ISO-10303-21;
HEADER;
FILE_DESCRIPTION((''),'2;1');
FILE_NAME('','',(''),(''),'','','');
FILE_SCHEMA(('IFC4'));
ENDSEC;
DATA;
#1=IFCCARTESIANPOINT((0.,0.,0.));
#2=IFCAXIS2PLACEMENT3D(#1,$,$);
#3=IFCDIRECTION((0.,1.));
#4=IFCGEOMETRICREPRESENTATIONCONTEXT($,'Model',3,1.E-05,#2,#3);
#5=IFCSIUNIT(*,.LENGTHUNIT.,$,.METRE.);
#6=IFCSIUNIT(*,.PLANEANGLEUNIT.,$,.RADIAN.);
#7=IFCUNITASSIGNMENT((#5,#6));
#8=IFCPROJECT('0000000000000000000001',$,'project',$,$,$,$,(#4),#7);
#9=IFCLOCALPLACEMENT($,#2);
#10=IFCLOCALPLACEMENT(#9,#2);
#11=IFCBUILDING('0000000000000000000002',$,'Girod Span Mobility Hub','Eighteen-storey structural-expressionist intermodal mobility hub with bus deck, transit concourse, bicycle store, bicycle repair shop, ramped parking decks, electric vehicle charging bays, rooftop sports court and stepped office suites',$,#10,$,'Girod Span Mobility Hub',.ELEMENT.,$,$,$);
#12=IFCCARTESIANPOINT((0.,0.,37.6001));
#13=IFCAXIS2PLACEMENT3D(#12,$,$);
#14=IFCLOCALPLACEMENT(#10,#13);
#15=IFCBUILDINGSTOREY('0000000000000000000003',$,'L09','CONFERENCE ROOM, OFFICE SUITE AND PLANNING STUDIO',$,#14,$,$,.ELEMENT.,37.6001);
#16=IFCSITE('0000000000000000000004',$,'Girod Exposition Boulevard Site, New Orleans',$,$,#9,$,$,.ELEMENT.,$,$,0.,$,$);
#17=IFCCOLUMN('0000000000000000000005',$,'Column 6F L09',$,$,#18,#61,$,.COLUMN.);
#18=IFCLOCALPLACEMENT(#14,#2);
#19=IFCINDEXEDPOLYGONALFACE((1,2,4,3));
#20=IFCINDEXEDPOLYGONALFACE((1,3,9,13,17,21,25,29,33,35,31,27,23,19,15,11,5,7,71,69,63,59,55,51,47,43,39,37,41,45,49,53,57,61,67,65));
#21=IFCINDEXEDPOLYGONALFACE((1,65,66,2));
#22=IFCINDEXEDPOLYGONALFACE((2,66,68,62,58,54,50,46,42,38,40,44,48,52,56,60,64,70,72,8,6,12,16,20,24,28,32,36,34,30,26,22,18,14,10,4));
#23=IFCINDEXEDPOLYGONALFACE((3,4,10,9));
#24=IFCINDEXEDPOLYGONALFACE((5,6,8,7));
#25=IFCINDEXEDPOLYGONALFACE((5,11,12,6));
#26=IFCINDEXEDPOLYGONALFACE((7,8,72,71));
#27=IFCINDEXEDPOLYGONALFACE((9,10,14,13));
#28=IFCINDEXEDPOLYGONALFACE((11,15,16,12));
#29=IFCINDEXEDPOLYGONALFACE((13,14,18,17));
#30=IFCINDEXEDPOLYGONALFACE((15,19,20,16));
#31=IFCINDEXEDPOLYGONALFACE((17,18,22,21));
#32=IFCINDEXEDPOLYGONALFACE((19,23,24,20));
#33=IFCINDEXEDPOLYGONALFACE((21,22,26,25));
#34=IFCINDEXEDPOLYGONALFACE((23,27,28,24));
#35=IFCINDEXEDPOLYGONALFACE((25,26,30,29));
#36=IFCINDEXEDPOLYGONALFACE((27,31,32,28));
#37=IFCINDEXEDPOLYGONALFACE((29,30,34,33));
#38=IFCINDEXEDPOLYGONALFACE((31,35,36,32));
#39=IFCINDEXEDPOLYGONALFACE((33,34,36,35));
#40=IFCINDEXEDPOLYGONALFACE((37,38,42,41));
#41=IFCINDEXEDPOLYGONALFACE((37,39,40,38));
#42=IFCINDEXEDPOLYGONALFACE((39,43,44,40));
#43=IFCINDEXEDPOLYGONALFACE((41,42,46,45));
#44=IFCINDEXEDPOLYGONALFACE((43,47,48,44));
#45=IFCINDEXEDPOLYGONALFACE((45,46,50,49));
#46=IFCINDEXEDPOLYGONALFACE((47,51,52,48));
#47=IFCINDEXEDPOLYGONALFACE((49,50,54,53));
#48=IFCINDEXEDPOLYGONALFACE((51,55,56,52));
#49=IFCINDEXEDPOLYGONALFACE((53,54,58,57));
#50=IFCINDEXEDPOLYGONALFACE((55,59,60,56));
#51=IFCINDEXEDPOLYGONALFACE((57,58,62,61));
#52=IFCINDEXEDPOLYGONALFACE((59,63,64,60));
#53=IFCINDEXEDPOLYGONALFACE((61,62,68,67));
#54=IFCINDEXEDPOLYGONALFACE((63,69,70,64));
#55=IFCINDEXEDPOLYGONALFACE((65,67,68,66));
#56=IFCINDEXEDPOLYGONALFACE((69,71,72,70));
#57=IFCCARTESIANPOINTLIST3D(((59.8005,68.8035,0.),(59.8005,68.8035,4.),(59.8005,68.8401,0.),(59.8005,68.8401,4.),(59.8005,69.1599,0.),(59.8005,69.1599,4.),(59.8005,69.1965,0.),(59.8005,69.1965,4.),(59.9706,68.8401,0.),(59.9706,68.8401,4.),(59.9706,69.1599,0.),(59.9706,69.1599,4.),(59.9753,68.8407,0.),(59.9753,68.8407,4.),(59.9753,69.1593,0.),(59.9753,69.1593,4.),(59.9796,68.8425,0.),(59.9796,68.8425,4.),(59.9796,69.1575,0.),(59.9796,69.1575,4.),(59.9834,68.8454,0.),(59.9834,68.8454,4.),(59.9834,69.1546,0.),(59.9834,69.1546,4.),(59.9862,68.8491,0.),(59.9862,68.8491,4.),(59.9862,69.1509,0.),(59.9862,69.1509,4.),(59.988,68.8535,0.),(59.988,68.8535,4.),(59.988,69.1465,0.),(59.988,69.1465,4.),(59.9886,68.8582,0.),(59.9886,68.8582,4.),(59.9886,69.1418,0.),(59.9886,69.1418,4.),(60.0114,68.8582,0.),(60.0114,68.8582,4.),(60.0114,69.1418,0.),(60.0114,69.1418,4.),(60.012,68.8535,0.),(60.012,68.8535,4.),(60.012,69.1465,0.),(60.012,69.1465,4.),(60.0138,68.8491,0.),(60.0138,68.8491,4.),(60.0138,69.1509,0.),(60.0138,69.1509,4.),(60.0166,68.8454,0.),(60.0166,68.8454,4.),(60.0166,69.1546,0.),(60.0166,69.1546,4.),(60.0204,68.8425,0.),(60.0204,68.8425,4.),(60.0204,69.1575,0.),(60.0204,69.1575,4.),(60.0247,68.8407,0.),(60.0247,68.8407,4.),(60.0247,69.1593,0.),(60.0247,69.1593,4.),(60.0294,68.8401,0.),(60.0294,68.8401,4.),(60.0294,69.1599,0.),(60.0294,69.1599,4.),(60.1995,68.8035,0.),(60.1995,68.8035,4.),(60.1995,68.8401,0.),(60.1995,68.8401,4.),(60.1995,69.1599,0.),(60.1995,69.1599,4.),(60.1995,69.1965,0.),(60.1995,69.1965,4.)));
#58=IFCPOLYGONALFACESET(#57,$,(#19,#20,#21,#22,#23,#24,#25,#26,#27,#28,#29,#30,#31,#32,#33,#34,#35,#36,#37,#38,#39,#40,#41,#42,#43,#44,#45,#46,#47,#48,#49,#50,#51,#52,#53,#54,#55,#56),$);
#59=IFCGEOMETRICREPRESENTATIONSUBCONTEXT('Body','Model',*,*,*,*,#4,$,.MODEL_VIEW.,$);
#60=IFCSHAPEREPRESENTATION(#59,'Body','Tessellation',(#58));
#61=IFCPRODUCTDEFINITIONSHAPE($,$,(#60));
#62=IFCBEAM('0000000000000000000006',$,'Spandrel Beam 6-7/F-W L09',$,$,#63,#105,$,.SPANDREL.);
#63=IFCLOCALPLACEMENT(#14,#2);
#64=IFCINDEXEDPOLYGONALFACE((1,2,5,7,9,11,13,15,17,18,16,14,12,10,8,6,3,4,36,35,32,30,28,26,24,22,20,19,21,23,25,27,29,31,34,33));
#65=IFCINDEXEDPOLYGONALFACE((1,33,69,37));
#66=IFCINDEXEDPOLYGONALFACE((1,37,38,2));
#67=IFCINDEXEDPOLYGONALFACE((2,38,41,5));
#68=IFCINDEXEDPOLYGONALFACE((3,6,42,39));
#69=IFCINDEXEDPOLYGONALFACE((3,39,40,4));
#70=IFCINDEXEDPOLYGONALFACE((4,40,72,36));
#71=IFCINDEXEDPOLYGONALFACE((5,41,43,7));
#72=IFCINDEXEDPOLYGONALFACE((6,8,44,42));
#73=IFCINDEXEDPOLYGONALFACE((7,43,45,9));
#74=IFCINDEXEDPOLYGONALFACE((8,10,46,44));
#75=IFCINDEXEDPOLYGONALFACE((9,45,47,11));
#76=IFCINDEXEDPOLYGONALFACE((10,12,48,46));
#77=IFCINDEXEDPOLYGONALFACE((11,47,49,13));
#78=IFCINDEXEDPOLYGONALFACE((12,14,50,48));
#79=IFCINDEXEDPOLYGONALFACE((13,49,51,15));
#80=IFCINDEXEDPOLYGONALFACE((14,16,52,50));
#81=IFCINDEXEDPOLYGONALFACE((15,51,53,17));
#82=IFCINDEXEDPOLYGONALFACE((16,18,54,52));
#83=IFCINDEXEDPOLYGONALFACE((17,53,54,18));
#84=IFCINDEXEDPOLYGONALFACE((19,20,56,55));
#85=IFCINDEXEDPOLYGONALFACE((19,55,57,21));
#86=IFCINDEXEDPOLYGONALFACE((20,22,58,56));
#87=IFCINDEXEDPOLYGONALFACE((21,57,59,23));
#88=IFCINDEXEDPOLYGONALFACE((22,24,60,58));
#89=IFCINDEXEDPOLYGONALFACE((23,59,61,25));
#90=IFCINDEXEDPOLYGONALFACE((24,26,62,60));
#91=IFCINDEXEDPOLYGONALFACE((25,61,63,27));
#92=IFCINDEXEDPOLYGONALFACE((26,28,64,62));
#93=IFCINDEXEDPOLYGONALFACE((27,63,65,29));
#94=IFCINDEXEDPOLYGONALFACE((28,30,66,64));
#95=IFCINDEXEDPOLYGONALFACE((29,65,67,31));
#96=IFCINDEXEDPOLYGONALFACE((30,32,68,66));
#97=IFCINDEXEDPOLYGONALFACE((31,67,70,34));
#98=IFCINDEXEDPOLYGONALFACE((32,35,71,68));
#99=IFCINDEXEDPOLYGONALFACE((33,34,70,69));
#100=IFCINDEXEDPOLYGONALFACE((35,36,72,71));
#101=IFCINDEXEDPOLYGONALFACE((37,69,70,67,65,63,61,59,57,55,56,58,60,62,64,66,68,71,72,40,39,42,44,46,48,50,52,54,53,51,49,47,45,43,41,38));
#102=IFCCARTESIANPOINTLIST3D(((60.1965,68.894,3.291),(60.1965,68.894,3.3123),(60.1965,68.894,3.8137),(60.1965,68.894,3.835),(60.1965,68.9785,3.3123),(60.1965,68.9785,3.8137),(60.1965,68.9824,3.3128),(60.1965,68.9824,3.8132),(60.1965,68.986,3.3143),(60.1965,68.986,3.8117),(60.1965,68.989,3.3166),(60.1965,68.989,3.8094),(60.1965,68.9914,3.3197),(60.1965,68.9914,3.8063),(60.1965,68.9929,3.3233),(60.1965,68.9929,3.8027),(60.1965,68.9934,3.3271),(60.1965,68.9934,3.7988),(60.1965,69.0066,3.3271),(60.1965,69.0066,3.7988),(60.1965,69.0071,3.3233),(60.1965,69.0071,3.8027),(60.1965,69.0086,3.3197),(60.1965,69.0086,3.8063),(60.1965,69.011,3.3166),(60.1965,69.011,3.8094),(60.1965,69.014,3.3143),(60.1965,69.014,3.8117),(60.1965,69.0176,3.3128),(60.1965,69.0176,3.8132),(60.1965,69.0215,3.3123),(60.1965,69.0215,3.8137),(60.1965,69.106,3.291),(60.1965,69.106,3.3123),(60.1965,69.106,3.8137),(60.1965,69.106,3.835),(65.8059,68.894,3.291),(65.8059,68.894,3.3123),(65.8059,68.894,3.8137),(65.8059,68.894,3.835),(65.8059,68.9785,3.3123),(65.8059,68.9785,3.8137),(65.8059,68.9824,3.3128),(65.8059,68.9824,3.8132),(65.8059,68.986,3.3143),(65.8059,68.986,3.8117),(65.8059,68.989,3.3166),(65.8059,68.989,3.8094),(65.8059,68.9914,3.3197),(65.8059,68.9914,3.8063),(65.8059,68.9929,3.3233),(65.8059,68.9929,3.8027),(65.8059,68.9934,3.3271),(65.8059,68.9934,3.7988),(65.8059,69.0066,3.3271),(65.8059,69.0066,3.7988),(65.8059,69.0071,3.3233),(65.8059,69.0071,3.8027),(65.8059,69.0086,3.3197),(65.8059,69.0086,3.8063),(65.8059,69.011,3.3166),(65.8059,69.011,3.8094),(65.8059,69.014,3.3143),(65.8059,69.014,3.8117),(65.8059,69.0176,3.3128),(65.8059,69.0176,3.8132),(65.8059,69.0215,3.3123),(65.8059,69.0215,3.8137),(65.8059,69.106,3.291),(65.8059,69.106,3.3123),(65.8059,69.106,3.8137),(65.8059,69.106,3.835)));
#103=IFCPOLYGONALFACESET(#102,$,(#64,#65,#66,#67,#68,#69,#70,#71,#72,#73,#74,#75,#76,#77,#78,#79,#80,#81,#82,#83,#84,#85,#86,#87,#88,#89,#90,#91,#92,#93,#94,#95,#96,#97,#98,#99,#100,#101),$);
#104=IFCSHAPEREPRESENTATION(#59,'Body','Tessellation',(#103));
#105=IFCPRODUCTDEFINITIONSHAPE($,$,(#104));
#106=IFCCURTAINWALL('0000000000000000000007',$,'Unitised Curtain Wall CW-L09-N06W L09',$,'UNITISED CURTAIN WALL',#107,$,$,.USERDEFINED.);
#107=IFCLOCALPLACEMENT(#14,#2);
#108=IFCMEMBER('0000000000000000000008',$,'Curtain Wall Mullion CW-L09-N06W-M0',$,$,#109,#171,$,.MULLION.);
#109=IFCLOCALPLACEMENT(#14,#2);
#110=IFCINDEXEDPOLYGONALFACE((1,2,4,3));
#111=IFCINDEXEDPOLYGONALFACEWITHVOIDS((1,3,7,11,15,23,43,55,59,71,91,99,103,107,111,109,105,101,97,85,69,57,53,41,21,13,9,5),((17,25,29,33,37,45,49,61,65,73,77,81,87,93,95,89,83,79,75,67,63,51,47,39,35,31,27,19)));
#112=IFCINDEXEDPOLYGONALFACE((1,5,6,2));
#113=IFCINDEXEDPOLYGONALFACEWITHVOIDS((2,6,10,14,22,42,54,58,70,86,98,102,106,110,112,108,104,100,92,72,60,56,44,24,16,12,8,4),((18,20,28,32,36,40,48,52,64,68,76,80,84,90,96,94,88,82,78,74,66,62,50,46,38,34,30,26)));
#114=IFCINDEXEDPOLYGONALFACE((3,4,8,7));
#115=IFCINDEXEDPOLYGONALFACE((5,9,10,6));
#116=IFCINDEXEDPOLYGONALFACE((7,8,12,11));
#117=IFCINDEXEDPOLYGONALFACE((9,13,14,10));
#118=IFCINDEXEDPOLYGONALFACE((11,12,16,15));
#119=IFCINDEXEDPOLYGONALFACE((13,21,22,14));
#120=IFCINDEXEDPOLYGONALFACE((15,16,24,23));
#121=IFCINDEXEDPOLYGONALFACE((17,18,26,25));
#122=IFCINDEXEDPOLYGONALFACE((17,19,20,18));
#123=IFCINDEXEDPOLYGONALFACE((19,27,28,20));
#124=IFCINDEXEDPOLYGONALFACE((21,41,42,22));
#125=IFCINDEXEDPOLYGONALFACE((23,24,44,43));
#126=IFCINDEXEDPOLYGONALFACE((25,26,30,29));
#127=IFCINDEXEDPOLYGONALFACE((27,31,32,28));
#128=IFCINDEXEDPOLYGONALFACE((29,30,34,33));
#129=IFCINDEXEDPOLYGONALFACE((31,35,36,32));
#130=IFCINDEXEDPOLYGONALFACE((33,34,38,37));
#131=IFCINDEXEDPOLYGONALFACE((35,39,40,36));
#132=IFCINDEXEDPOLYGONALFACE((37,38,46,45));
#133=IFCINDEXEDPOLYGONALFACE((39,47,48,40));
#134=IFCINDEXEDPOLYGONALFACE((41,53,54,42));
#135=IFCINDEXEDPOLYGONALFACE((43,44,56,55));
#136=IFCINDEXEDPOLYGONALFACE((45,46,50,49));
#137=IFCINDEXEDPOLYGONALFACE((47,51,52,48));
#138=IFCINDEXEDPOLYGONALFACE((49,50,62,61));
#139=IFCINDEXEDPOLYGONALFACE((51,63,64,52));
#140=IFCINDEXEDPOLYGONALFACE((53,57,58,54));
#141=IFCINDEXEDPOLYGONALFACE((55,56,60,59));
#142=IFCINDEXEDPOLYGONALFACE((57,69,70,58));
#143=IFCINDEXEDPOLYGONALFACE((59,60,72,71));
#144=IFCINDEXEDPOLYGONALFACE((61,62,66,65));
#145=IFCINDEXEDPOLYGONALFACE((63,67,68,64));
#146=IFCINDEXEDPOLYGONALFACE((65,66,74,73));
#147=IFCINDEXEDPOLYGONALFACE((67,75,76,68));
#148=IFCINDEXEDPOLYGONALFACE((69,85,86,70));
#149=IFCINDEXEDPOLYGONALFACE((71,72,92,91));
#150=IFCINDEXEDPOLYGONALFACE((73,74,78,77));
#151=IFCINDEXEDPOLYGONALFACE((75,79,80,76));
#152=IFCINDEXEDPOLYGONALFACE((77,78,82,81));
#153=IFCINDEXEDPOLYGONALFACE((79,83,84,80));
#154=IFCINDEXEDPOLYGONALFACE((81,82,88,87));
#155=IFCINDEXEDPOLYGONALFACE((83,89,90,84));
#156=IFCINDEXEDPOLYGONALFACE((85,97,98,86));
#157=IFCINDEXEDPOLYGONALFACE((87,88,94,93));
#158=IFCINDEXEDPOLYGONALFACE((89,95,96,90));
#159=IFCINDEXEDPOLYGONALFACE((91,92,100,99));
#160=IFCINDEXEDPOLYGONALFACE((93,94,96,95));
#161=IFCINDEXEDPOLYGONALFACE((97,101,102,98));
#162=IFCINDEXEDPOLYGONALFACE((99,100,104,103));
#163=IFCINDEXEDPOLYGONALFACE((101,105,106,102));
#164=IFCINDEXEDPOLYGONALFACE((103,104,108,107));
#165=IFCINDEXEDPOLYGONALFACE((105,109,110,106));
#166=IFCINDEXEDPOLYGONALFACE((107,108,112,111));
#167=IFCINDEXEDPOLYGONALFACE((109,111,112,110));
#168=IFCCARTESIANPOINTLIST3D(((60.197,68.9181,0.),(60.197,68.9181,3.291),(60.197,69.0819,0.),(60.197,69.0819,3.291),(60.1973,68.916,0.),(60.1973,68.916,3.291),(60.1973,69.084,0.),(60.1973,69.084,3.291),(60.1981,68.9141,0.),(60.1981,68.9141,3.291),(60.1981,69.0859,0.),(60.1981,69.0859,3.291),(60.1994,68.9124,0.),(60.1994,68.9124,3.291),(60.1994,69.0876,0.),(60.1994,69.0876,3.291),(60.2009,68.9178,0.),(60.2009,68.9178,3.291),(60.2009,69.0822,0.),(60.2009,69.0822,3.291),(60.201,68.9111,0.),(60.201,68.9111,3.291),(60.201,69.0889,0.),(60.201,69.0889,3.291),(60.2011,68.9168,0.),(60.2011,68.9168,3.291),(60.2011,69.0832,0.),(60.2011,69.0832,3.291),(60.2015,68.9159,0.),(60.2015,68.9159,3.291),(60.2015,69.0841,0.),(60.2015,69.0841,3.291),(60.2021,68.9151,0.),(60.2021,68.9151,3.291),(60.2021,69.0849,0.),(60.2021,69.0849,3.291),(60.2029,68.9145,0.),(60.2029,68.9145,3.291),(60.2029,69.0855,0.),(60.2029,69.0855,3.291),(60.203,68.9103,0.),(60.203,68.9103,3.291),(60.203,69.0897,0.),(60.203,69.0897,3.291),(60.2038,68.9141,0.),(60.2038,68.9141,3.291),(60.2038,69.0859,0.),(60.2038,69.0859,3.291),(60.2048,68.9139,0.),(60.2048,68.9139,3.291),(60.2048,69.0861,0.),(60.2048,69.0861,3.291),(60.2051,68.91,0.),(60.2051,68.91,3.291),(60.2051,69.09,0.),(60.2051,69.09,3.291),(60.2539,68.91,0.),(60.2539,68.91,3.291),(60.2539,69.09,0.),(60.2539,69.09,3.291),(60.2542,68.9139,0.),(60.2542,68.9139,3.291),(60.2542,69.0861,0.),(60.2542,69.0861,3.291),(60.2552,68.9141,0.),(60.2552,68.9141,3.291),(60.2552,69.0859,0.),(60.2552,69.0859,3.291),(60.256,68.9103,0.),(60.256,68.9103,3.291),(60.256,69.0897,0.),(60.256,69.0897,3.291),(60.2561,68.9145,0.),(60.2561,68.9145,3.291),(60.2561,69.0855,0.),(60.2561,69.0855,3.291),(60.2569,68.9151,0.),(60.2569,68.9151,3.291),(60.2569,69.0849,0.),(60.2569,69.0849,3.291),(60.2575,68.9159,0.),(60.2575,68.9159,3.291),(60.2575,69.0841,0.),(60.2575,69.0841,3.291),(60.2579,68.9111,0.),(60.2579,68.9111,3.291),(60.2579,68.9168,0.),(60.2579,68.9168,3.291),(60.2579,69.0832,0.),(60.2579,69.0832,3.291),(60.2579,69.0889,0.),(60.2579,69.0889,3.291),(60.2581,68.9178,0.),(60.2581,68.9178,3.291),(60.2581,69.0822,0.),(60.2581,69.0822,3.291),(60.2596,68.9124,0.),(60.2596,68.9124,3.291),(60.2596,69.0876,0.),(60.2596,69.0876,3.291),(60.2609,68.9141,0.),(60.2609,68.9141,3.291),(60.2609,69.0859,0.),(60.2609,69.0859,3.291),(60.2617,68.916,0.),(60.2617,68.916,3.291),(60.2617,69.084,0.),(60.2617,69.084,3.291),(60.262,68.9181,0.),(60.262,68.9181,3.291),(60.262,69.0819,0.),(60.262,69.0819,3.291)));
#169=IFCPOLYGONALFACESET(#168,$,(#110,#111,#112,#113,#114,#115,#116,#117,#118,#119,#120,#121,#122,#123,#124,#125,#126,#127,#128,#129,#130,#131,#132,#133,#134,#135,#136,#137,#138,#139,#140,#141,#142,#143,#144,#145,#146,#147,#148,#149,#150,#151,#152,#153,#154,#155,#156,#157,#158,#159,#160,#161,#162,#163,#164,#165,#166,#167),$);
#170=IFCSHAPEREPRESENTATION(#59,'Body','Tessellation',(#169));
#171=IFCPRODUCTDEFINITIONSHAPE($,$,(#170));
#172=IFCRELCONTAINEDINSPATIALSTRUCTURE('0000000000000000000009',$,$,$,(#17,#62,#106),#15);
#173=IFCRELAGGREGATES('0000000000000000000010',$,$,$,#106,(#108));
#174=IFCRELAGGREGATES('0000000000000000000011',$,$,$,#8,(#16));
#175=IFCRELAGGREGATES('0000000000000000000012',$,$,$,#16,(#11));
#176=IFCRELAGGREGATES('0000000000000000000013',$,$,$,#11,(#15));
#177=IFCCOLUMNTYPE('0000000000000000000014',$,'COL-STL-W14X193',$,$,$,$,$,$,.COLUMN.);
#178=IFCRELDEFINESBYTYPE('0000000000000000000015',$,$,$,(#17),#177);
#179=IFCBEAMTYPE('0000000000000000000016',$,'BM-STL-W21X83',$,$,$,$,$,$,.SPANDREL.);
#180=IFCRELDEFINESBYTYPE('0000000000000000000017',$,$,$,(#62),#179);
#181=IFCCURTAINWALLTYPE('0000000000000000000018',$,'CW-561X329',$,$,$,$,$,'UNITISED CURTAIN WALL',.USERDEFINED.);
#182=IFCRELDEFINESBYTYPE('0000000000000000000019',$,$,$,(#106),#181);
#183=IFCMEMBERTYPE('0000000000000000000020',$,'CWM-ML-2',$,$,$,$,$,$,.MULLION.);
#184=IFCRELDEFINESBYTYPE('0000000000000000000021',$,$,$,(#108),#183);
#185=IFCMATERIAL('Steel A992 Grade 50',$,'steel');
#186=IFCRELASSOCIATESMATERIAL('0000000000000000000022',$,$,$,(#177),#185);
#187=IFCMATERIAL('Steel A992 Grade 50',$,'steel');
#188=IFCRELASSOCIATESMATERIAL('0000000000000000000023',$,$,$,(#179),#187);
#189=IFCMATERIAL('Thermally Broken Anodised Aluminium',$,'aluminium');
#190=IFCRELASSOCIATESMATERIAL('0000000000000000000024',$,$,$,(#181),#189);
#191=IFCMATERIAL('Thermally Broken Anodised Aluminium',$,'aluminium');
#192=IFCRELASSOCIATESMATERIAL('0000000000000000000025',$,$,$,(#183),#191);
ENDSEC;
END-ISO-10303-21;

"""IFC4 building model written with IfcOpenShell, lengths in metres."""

from ifc_helpers import new_model, si_unit, direction, frame, origin, origin_2d, place, context, subcontext, project, spatial, hollow_rectangle, i_section, extrude, material, material_profile, profile_set, type_object, element, aggregate, save


model = new_model("IFC4")

# Units and contexts
model_context = context("Model", 3, precision=1e-05, world=origin(), true_north=direction((0.0, 1.0)))
body_context = subcontext(model_context, "Body", "Model", "MODEL_VIEW")
ifc_project = project(units=[si_unit("LENGTHUNIT", "METRE"), si_unit("PLANEANGLEUNIT", "RADIAN")], contexts=[model_context])

# Site, building, storey
site_placement = place(None, origin())
site = spatial("IfcSite", under=ifc_project, at=site_placement, Name="Girod Exposition Boulevard Site, New Orleans", CompositionType="ELEMENT", RefElevation=0.0)
building_placement = place(site_placement, origin())
building = spatial("IfcBuilding", under=site, at=building_placement, Name="Girod Span Mobility Hub", Description="Eighteen-storey structural-expressionist intermodal mobility hub with bus deck, transit concourse, bicycle store, bicycle repair shop, ramped parking decks, electric vehicle charging bays, rooftop sports court and stepped office suites", LongName="Girod Span Mobility Hub", CompositionType="ELEMENT")
storey_placement = place(building_placement, frame((0.0, 0.0, 37.6001)))
storey = spatial("IfcBuildingStorey", under=building, at=storey_placement, Name="L09", Description="CONFERENCE ROOM, OFFICE SUITE AND PLANNING STUDIO", CompositionType="ELEMENT", Elevation=37.6001)

# Column
ifc_material_1 = material(Name="Steel A992 Grade 50", Category="steel")
ifc_material_profile_1 = material_profile(ifc_material_1, i_section(OverallWidth=0.3989, OverallDepth=0.3931, WebThickness=0.0227, FlangeThickness=0.0366, FilletRadius=0.0181, at=origin_2d()), Name="W14X193")
ifc_profile_set_1 = profile_set([ifc_material_profile_1], Name="Steel A992 Grade 50")
column_type = type_object("IfcColumnType", Name="COL-STL-W14X193", PredefinedType="COLUMN", material=ifc_profile_set_1)
column_placement = place(storey_placement, frame((60.0, 69.0, 0.0), z_axis=(0.0, 0.0, 1.0), x_axis=(1.0, 0.0, 0.0)))
element("IfcColumn", 1, at=column_placement, inside=storey, type_object=column_type, Name="Column 6F L09", PredefinedType="COLUMN", context=body_context, shape_type="SweptSolid", body=[
    extrude(i_section(OverallWidth=0.3989, OverallDepth=0.3931, WebThickness=0.0227, FlangeThickness=0.0366, FilletRadius=0.0181, at=origin_2d()), origin(), (0.0, 0.0, 1.0), 4.0),
])

# Beam
ifc_material_2 = material(Name="Steel A992 Grade 50", Category="steel")
ifc_material_profile_2 = material_profile(ifc_material_2, i_section(OverallWidth=0.2119, OverallDepth=0.5439, WebThickness=0.0132, FlangeThickness=0.0212, FilletRadius=0.0149, at=origin_2d()), Name="W21X83")
ifc_profile_set_2 = profile_set([ifc_material_profile_2], Name="Steel A992 Grade 50")
beam_type = type_object("IfcBeamType", Name="BM-STL-W21X83", PredefinedType="SPANDREL", material=ifc_profile_set_2)
beam_placement = place(storey_placement, frame((60.1965, 69.0, 3.563), z_axis=(1.0, 0.0, 0.0), x_axis=(0.0, 1.0, 0.0)))
element("IfcBeam", 2, at=beam_placement, inside=storey, type_object=beam_type, Name="Spandrel Beam 6-7/F-W L09", PredefinedType="SPANDREL", context=body_context, shape_type="SweptSolid", body=[
    extrude(i_section(OverallWidth=0.2119, OverallDepth=0.5439, WebThickness=0.0132, FlangeThickness=0.0212, FilletRadius=0.0149, at=origin_2d()), origin(), (0.0, 0.0, 1.0), 5.6094),
])

# Curtain wall, member
ifc_material_3 = material(Name="Thermally Broken Anodised Aluminium", Category="aluminium")
curtain_wall_type = type_object("IfcCurtainWallType", Name="CW-561X329", ElementType="UNITISED CURTAIN WALL", PredefinedType="USERDEFINED", material=ifc_material_3)
curtain_wall_placement = place(storey_placement, origin())
curtain_wall = element("IfcCurtainWall", 3, at=curtain_wall_placement, inside=storey, type_object=curtain_wall_type, Name="Unitised Curtain Wall CW-L09-N06W L09", ObjectType="UNITISED CURTAIN WALL", PredefinedType="USERDEFINED")
ifc_material_4 = material(Name="Thermally Broken Anodised Aluminium", Category="aluminium")
ifc_material_profile_3 = material_profile(ifc_material_4, hollow_rectangle(XDim=0.1799, YDim=0.0649, WallThickness=0.0039, InnerFilletRadius=0.0039, OuterFilletRadius=0.0081, at=origin_2d()), Name="CW-ML-65X180")
ifc_profile_set_3 = profile_set([ifc_material_profile_3], Name="Thermally Broken Anodised Aluminium")
member_type_1 = type_object("IfcMemberType", Name="CWM-ML-2", PredefinedType="MULLION", material=ifc_profile_set_3)
member_1_placement = place(storey_placement, frame((60.2295, 69.0, 0.0), z_axis=(0.0, 0.0, 1.0), x_axis=(0.0, 1.0, 0.0)))
member_1 = element("IfcMember", 4, at=member_1_placement, type_object=member_type_1, Name="Curtain Wall Mullion CW-L09-N06W-M0", PredefinedType="MULLION", context=body_context, shape_type="SweptSolid", body=[
    extrude(hollow_rectangle(XDim=0.1799, YDim=0.0649, WallThickness=0.0039, InnerFilletRadius=0.0039, OuterFilletRadius=0.0081, at=origin_2d()), origin(), (0.0, 0.0, 1.0), 3.291),
])
aggregate(curtain_wall, [member_1])

save(model, "model.ifc")
